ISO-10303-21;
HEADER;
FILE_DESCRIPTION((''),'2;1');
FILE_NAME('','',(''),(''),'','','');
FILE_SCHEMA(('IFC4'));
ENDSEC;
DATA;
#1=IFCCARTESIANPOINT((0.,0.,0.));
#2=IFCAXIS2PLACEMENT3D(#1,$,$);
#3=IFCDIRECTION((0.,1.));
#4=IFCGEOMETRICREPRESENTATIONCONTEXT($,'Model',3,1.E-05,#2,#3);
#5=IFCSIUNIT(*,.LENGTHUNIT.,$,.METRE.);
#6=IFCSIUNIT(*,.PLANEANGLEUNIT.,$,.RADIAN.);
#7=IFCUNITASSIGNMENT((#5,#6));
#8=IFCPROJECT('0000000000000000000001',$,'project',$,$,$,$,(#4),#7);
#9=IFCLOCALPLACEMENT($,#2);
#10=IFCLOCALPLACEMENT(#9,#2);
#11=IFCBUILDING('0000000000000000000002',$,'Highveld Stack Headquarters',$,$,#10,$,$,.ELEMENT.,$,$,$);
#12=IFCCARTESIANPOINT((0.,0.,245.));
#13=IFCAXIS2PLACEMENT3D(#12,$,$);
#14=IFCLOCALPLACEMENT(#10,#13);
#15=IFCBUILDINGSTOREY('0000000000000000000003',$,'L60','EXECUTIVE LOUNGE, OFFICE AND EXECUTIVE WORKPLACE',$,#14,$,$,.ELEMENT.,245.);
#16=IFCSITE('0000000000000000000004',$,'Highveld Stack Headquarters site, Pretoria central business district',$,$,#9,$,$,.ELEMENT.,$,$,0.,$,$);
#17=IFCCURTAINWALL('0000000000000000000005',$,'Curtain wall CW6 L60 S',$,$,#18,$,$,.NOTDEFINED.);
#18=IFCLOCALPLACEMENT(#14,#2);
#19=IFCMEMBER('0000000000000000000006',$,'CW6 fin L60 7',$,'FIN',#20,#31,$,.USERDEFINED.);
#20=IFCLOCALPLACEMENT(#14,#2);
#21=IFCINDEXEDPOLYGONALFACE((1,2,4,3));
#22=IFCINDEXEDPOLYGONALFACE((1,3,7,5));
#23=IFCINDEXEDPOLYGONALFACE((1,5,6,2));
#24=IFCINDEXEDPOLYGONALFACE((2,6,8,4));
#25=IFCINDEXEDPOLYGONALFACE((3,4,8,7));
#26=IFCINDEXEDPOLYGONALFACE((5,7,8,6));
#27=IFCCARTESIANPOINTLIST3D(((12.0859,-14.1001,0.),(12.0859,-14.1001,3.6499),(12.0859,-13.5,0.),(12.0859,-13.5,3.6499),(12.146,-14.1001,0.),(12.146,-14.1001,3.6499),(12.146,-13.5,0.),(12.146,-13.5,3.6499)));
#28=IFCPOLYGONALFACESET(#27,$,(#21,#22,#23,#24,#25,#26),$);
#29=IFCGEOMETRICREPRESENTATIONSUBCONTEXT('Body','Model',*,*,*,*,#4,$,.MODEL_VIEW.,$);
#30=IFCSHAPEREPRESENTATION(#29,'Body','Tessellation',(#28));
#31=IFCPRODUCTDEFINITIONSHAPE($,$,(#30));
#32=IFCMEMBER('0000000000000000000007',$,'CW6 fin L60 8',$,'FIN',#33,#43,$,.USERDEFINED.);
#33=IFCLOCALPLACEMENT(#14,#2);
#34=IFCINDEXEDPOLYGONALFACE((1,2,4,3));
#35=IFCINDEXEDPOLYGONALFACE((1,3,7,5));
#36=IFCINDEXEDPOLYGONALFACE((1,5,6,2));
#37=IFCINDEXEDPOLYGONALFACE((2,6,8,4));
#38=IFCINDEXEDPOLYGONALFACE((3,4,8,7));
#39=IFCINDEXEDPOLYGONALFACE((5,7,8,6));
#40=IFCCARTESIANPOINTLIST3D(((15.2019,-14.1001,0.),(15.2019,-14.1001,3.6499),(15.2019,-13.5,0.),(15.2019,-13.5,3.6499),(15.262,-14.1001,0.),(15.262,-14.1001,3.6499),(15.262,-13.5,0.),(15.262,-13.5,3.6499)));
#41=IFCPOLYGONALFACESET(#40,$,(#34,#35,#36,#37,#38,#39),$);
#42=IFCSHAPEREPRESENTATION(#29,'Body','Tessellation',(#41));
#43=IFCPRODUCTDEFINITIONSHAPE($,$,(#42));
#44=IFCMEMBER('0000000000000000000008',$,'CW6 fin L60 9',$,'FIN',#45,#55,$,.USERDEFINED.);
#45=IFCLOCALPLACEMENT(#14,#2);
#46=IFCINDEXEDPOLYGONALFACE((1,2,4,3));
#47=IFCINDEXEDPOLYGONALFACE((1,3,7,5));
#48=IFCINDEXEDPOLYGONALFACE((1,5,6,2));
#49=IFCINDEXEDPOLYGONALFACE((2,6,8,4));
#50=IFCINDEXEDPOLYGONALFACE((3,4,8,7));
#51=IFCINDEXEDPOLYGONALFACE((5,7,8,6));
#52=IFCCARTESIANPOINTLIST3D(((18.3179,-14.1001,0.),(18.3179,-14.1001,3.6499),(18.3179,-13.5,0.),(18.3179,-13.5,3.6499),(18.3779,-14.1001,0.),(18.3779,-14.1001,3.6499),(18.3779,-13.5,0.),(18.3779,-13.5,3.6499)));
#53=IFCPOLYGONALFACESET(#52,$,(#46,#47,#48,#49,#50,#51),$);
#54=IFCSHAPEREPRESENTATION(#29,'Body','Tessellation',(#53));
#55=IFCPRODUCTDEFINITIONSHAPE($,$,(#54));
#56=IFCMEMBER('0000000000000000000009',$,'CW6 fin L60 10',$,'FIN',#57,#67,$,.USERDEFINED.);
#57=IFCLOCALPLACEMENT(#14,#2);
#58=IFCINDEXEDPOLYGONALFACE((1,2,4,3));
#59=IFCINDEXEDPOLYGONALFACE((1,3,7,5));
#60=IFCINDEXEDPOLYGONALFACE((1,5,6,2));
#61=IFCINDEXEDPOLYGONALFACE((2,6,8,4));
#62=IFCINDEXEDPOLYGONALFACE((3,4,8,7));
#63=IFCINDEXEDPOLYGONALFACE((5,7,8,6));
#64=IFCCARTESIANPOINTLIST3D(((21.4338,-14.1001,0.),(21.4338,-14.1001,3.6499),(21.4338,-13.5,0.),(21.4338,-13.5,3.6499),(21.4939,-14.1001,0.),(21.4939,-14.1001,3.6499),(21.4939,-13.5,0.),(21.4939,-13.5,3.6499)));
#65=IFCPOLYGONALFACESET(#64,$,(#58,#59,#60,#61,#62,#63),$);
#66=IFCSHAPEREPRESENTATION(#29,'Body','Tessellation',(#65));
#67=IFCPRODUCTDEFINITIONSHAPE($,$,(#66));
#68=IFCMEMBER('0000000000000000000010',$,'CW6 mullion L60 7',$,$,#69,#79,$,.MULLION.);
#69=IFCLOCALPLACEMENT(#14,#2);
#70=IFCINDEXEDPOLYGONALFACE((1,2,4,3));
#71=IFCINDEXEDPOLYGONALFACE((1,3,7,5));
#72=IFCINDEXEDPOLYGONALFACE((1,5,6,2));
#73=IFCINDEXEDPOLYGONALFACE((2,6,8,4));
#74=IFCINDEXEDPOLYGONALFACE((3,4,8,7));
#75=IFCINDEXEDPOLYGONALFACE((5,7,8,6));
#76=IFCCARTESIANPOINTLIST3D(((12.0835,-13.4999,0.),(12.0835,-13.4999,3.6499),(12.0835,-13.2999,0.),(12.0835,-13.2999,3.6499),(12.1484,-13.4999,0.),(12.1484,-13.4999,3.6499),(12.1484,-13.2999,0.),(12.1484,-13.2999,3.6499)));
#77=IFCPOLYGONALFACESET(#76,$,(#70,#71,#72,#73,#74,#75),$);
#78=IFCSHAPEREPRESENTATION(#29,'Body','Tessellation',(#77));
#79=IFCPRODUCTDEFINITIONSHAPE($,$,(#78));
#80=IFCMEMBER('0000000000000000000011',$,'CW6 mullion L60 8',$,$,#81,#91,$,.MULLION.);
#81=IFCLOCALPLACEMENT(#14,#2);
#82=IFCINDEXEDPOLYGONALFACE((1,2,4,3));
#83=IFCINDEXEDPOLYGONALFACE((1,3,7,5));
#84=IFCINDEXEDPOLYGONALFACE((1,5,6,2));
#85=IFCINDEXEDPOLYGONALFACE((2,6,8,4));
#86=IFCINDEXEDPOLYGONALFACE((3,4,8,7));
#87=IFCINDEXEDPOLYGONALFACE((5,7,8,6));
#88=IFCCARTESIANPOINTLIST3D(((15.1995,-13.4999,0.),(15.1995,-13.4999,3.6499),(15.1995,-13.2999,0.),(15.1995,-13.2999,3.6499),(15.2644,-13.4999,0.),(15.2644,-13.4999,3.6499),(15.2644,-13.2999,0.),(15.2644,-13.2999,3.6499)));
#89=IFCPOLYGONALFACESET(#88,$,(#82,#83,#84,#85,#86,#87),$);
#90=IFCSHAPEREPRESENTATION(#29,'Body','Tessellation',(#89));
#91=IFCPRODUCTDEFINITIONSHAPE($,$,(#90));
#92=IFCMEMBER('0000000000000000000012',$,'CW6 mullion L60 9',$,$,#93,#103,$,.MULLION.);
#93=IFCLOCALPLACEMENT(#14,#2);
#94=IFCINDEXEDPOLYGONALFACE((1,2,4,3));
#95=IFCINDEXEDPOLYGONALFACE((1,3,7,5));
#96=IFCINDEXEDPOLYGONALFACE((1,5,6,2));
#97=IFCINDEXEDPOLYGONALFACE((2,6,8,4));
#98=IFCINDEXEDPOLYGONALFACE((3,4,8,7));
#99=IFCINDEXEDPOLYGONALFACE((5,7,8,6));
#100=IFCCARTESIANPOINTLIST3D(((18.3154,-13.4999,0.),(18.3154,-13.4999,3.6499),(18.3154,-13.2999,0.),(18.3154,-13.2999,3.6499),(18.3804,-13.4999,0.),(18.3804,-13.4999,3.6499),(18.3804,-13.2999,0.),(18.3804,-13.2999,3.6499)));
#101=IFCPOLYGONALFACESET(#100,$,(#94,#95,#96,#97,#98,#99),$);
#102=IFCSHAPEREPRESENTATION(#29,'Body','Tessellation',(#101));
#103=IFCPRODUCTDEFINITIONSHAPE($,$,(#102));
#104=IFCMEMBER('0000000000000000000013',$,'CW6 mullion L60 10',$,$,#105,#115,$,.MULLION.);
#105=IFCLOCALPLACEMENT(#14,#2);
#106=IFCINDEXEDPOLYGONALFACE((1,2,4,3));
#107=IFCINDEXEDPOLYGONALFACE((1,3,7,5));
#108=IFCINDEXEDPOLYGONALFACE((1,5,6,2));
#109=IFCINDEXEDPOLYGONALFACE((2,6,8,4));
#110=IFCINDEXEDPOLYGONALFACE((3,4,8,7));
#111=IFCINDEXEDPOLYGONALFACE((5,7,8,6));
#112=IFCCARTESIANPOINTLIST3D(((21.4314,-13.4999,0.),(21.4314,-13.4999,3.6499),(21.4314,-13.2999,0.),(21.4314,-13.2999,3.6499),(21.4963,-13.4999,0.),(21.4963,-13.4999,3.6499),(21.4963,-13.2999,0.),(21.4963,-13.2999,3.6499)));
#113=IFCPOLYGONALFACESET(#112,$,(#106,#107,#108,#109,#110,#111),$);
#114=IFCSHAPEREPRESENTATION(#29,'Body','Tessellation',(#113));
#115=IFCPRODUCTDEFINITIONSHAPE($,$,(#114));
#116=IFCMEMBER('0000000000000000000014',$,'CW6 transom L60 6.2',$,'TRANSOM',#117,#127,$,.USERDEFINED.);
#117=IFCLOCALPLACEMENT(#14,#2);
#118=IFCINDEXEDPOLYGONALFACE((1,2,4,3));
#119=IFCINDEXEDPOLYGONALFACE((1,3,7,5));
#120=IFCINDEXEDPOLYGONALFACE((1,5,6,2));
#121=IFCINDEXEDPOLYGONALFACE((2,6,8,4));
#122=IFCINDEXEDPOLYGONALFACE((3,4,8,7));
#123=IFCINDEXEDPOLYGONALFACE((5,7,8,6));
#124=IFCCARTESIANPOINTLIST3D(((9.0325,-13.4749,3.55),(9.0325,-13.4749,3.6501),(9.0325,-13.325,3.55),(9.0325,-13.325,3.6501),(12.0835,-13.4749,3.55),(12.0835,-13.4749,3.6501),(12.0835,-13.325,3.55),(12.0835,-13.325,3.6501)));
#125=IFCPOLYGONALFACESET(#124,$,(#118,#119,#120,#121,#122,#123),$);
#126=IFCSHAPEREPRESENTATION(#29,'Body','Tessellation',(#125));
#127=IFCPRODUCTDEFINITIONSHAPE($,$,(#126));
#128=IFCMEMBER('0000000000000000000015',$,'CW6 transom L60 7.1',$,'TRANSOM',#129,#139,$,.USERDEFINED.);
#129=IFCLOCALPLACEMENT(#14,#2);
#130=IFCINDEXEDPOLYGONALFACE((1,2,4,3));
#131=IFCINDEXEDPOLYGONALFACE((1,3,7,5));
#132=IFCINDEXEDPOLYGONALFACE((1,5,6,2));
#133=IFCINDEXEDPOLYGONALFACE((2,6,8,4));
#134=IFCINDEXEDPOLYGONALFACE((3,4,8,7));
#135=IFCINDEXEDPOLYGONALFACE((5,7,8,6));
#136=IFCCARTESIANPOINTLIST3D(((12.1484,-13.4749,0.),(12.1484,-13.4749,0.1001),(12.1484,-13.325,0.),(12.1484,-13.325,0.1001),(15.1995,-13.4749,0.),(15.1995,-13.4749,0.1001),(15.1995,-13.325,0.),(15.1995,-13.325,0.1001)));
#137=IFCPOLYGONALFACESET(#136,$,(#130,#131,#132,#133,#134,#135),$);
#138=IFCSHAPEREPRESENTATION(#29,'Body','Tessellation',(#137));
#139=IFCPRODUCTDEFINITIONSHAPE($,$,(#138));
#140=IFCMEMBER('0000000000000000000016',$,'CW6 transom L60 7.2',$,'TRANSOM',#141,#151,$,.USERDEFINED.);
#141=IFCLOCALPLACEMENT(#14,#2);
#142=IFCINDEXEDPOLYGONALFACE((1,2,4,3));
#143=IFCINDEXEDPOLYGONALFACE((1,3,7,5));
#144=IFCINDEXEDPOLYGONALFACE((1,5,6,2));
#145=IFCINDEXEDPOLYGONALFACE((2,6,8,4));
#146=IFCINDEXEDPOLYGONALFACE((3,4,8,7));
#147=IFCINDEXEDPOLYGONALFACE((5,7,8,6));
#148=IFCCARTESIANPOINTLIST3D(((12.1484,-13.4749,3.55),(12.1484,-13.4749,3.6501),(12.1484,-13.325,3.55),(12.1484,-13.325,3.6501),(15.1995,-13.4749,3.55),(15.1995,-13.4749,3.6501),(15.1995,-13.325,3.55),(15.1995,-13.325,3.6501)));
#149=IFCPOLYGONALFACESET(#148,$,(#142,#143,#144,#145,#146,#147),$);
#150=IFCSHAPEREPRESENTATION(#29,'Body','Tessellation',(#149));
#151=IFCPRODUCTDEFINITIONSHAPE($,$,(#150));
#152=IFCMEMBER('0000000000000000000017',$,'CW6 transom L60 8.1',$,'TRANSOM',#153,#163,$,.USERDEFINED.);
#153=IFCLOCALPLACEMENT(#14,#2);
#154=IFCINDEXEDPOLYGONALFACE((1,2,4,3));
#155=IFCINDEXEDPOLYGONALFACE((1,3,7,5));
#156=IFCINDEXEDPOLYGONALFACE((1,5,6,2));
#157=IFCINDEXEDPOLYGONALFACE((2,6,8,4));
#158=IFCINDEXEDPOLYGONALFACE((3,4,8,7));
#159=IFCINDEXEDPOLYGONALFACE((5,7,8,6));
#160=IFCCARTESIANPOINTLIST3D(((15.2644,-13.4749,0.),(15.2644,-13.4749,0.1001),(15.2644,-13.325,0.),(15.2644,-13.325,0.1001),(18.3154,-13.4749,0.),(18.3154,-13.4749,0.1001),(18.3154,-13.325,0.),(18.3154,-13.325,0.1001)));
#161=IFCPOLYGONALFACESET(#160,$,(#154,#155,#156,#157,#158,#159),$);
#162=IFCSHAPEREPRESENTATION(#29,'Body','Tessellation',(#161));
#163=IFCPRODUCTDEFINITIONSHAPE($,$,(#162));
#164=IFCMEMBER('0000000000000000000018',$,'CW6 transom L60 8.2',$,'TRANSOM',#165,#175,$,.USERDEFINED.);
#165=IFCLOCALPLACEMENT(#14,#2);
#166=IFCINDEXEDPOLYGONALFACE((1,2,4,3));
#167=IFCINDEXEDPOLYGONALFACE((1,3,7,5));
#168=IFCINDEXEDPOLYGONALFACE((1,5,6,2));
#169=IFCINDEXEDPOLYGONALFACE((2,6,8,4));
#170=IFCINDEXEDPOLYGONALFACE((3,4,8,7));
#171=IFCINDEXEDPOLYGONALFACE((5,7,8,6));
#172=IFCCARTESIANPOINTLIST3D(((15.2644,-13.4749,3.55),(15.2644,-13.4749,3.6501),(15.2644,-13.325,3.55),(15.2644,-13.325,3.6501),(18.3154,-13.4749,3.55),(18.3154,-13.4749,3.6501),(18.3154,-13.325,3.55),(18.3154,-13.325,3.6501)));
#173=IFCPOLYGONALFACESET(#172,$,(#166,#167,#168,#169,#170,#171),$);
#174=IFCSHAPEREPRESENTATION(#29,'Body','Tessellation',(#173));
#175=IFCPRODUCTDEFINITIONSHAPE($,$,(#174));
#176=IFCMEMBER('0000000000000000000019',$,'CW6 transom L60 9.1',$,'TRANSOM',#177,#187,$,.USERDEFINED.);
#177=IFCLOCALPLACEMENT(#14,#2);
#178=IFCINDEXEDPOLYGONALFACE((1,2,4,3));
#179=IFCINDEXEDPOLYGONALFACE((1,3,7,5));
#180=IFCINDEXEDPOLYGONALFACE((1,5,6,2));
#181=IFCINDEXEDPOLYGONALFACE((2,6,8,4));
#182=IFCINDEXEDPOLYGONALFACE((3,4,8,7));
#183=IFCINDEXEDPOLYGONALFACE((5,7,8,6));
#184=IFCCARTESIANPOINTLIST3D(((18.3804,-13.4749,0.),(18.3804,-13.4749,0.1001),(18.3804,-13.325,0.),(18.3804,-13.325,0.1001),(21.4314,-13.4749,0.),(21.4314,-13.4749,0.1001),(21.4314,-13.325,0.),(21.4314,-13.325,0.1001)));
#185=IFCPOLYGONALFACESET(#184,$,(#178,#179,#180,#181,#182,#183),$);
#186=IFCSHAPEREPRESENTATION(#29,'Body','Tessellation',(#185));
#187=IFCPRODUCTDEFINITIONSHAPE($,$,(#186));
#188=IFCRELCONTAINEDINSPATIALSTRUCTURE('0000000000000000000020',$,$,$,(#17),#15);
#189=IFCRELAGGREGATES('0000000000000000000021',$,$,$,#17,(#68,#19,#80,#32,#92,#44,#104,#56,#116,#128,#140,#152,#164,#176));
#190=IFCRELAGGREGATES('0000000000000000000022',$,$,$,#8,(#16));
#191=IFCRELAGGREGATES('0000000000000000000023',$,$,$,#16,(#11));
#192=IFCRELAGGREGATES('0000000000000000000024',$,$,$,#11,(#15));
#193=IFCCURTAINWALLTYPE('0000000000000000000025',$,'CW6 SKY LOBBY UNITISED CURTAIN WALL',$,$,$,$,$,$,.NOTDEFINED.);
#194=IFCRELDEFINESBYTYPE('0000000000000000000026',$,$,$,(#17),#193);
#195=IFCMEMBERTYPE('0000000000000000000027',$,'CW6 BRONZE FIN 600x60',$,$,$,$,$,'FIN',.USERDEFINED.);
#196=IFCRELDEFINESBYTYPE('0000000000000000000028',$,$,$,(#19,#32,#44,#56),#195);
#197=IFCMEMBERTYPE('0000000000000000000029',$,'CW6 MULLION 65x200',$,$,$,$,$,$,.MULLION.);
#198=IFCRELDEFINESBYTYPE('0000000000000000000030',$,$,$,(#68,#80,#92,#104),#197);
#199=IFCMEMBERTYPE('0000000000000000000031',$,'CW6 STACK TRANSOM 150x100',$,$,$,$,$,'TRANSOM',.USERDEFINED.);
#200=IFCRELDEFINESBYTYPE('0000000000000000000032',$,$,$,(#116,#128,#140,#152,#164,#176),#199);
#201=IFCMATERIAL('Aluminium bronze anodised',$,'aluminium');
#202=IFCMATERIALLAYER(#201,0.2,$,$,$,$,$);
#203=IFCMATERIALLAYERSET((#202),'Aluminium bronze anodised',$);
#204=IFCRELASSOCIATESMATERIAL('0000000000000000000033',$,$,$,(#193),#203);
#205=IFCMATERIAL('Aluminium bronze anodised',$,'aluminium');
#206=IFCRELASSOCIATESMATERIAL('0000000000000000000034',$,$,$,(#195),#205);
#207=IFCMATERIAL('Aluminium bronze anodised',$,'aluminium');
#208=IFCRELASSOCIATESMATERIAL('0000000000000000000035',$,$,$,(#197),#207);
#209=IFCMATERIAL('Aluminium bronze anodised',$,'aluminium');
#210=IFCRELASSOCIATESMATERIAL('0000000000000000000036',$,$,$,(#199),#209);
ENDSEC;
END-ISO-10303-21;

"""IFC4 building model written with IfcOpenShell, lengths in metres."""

from ifc_helpers import new_model, si_unit, direction, frame, origin, origin_2d, place, context, subcontext, project, spatial, rectangle, extrude, material, layer, layer_set, material_profile, profile_set, type_object, element, aggregate, save


model = new_model("IFC4")

# Units and contexts
model_context = context("Model", 3, precision=1e-05, world=origin(), true_north=direction((0.0, 1.0)))
body_context = subcontext(model_context, "Body", "Model", "MODEL_VIEW")
ifc_project = project(units=[si_unit("LENGTHUNIT", "METRE"), si_unit("PLANEANGLEUNIT", "RADIAN")], contexts=[model_context])

# Site, building, storey
site_placement = place(None, origin())
site = spatial("IfcSite", under=ifc_project, at=site_placement, Name="Highveld Stack Headquarters site, Pretoria central business district", CompositionType="ELEMENT", RefElevation=0.0)
building_placement = place(site_placement, origin())
building = spatial("IfcBuilding", under=site, at=building_placement, Name="Highveld Stack Headquarters", CompositionType="ELEMENT")
storey_placement = place(building_placement, frame((0.0, 0.0, 245.0)))
storey = spatial("IfcBuildingStorey", under=building, at=storey_placement, Name="L60", Description="EXECUTIVE LOUNGE, OFFICE AND EXECUTIVE WORKPLACE", CompositionType="ELEMENT", Elevation=245.0)

# Curtain wall, members
ifc_material_1 = material(Name="Aluminium bronze anodised", Category="aluminium")
ifc_layer_1 = layer(ifc_material_1, 0.2)
ifc_layer_set_1 = layer_set([ifc_layer_1], Name="Aluminium bronze anodised")
curtain_wall_type = type_object("IfcCurtainWallType", Name="CW6 SKY LOBBY UNITISED CURTAIN WALL", PredefinedType="NOTDEFINED", material=ifc_layer_set_1)
curtain_wall_placement = place(storey_placement, origin())
curtain_wall = element("IfcCurtainWall", 1, at=curtain_wall_placement, inside=storey, type_object=curtain_wall_type, Name="Curtain wall CW6 L60 S", PredefinedType="NOTDEFINED")
ifc_material_2 = material(Name="Aluminium bronze anodised", Category="aluminium")
ifc_material_profile_1 = material_profile(ifc_material_2, rectangle(XDim=0.6001, YDim=0.0601, at=origin_2d()), Name="FIN 600x60")
ifc_profile_set_1 = profile_set([ifc_material_profile_1], Name="Aluminium bronze anodised")
member_type_1 = type_object("IfcMemberType", Name="CW6 BRONZE FIN 600x60", ElementType="FIN", PredefinedType="USERDEFINED", material=ifc_profile_set_1)
member_1_placement = place(storey_placement, frame((12.116, -13.8, 0.0), z_axis=(0.0, 0.0, 1.0), x_axis=(0.0, 1.0, 0.0)))
member_1 = element("IfcMember", 2, at=member_1_placement, type_object=member_type_1, Name="CW6 fin L60 7", ObjectType="FIN", PredefinedType="USERDEFINED", context=body_context, shape_type="SweptSolid", body=[
    extrude(rectangle(XDim=0.6001, YDim=0.0601, at=origin_2d()), origin(), (0.0, 0.0, 1.0), 3.6499),
])
member_2_placement = place(storey_placement, frame((15.2319, -13.8, 0.0), z_axis=(0.0, 0.0, 1.0), x_axis=(0.0, 1.0, 0.0)))
member_2 = element("IfcMember", 3, at=member_2_placement, type_object=member_type_1, Name="CW6 fin L60 8", ObjectType="FIN", PredefinedType="USERDEFINED", context=body_context, shape_type="SweptSolid", body=[
    extrude(rectangle(XDim=0.6001, YDim=0.0601, at=origin_2d()), origin(), (0.0, 0.0, 1.0), 3.6499),
])
member_3_placement = place(storey_placement, frame((18.3479, -13.8, 0.0), z_axis=(0.0, 0.0, 1.0), x_axis=(0.0, 1.0, 0.0)))
member_3 = element("IfcMember", 4, at=member_3_placement, type_object=member_type_1, Name="CW6 fin L60 9", ObjectType="FIN", PredefinedType="USERDEFINED", context=body_context, shape_type="SweptSolid", body=[
    extrude(rectangle(XDim=0.6001, YDim=0.0601, at=origin_2d()), origin(), (0.0, 0.0, 1.0), 3.6499),
])
member_4_placement = place(storey_placement, frame((21.4639, -13.8, 0.0), z_axis=(0.0, 0.0, 1.0), x_axis=(0.0, 1.0, 0.0)))
member_4 = element("IfcMember", 5, at=member_4_placement, type_object=member_type_1, Name="CW6 fin L60 10", ObjectType="FIN", PredefinedType="USERDEFINED", context=body_context, shape_type="SweptSolid", body=[
    extrude(rectangle(XDim=0.6001, YDim=0.0601, at=origin_2d()), origin(), (0.0, 0.0, 1.0), 3.6499),
])
ifc_material_3 = material(Name="Aluminium bronze anodised", Category="aluminium")
ifc_material_profile_2 = material_profile(ifc_material_3, rectangle(XDim=0.2, YDim=0.0649, at=origin_2d()), Name="CW6 MULLION 65x200")
ifc_profile_set_2 = profile_set([ifc_material_profile_2], Name="Aluminium bronze anodised")
member_type_2 = type_object("IfcMemberType", Name="CW6 MULLION 65x200", PredefinedType="MULLION", material=ifc_profile_set_2)
member_5_placement = place(storey_placement, frame((12.116, -13.3999, 0.0), z_axis=(0.0, 0.0, 1.0), x_axis=(0.0, 1.0, 0.0)))
member_5 = element("IfcMember", 6, at=member_5_placement, type_object=member_type_2, Name="CW6 mullion L60 7", PredefinedType="MULLION", context=body_context, shape_type="SweptSolid", body=[
    extrude(rectangle(XDim=0.2, YDim=0.0649, at=origin_2d()), origin(), (0.0, 0.0, 1.0), 3.6499),
])
member_6_placement = place(storey_placement, frame((15.2319, -13.3999, 0.0), z_axis=(0.0, 0.0, 1.0), x_axis=(0.0, 1.0, 0.0)))
member_6 = element("IfcMember", 7, at=member_6_placement, type_object=member_type_2, Name="CW6 mullion L60 8", PredefinedType="MULLION", context=body_context, shape_type="SweptSolid", body=[
    extrude(rectangle(XDim=0.2, YDim=0.0649, at=origin_2d()), origin(), (0.0, 0.0, 1.0), 3.6499),
])
member_7_placement = place(storey_placement, frame((18.3479, -13.3999, 0.0), z_axis=(0.0, 0.0, 1.0), x_axis=(0.0, 1.0, 0.0)))
member_7 = element("IfcMember", 8, at=member_7_placement, type_object=member_type_2, Name="CW6 mullion L60 9", PredefinedType="MULLION", context=body_context, shape_type="SweptSolid", body=[
    extrude(rectangle(XDim=0.2, YDim=0.0649, at=origin_2d()), origin(), (0.0, 0.0, 1.0), 3.6499),
])
member_8_placement = place(storey_placement, frame((21.4639, -13.3999, 0.0), z_axis=(0.0, 0.0, 1.0), x_axis=(0.0, 1.0, 0.0)))
member_8 = element("IfcMember", 9, at=member_8_placement, type_object=member_type_2, Name="CW6 mullion L60 10", PredefinedType="MULLION", context=body_context, shape_type="SweptSolid", body=[
    extrude(rectangle(XDim=0.2, YDim=0.0649, at=origin_2d()), origin(), (0.0, 0.0, 1.0), 3.6499),
])
ifc_material_4 = material(Name="Aluminium bronze anodised", Category="aluminium")
ifc_material_profile_3 = material_profile(ifc_material_4, rectangle(XDim=0.1499, YDim=0.1001, at=origin_2d()), Name="CW6 TRANSOM 150x100")
ifc_profile_set_3 = profile_set([ifc_material_profile_3], Name="Aluminium bronze anodised")
member_type_3 = type_object("IfcMemberType", Name="CW6 STACK TRANSOM 150x100", ElementType="TRANSOM", PredefinedType="USERDEFINED", material=ifc_profile_set_3)
member_9_placement = place(storey_placement, frame((9.0325, -13.3999, 3.6001), z_axis=(1.0, 0.0, 0.0), x_axis=(0.0, 1.0, 0.0)))
member_9 = element("IfcMember", 10, at=member_9_placement, type_object=member_type_3, Name="CW6 transom L60 6.2", ObjectType="TRANSOM", PredefinedType="USERDEFINED", context=body_context, shape_type="SweptSolid", body=[
    extrude(rectangle(XDim=0.1499, YDim=0.1001, at=origin_2d()), origin(), (0.0, 0.0, 1.0), 3.051),
])
member_10_placement = place(storey_placement, frame((12.1484, -13.3999, 0.05), z_axis=(1.0, 0.0, 0.0), x_axis=(0.0, 1.0, 0.0)))
member_10 = element("IfcMember", 11, at=member_10_placement, type_object=member_type_3, Name="CW6 transom L60 7.1", ObjectType="TRANSOM", PredefinedType="USERDEFINED", context=body_context, shape_type="SweptSolid", body=[
    extrude(rectangle(XDim=0.1499, YDim=0.1001, at=origin_2d()), origin(), (0.0, 0.0, 1.0), 3.051),
])
member_11_placement = place(storey_placement, frame((12.1484, -13.3999, 3.6001), z_axis=(1.0, 0.0, 0.0), x_axis=(0.0, 1.0, 0.0)))
member_11 = element("IfcMember", 12, at=member_11_placement, type_object=member_type_3, Name="CW6 transom L60 7.2", ObjectType="TRANSOM", PredefinedType="USERDEFINED", context=body_context, shape_type="SweptSolid", body=[
    extrude(rectangle(XDim=0.1499, YDim=0.1001, at=origin_2d()), origin(), (0.0, 0.0, 1.0), 3.051),
])
member_12_placement = place(storey_placement, frame((15.2644, -13.3999, 0.05), z_axis=(1.0, 0.0, 0.0), x_axis=(0.0, 1.0, 0.0)))
member_12 = element("IfcMember", 13, at=member_12_placement, type_object=member_type_3, Name="CW6 transom L60 8.1", ObjectType="TRANSOM", PredefinedType="USERDEFINED", context=body_context, shape_type="SweptSolid", body=[
    extrude(rectangle(XDim=0.1499, YDim=0.1001, at=origin_2d()), origin(), (0.0, 0.0, 1.0), 3.051),
])
member_13_placement = place(storey_placement, frame((15.2644, -13.3999, 3.6001), z_axis=(1.0, 0.0, 0.0), x_axis=(0.0, 1.0, 0.0)))
member_13 = element("IfcMember", 14, at=member_13_placement, type_object=member_type_3, Name="CW6 transom L60 8.2", ObjectType="TRANSOM", PredefinedType="USERDEFINED", context=body_context, shape_type="SweptSolid", body=[
    extrude(rectangle(XDim=0.1499, YDim=0.1001, at=origin_2d()), origin(), (0.0, 0.0, 1.0), 3.051),
])
member_14_placement = place(storey_placement, frame((18.3804, -13.3999, 0.05), z_axis=(1.0, 0.0, 0.0), x_axis=(0.0, 1.0, 0.0)))
member_14 = element("IfcMember", 15, at=member_14_placement, type_object=member_type_3, Name="CW6 transom L60 9.1", ObjectType="TRANSOM", PredefinedType="USERDEFINED", context=body_context, shape_type="SweptSolid", body=[
    extrude(rectangle(XDim=0.1499, YDim=0.1001, at=origin_2d()), origin(), (0.0, 0.0, 1.0), 3.051),
])
aggregate(curtain_wall, [member_5, member_1, member_6, member_2, member_7, member_3, member_8, member_4, member_9, member_10, member_11, member_12, member_13, member_14])

save(model, "model.ifc")
